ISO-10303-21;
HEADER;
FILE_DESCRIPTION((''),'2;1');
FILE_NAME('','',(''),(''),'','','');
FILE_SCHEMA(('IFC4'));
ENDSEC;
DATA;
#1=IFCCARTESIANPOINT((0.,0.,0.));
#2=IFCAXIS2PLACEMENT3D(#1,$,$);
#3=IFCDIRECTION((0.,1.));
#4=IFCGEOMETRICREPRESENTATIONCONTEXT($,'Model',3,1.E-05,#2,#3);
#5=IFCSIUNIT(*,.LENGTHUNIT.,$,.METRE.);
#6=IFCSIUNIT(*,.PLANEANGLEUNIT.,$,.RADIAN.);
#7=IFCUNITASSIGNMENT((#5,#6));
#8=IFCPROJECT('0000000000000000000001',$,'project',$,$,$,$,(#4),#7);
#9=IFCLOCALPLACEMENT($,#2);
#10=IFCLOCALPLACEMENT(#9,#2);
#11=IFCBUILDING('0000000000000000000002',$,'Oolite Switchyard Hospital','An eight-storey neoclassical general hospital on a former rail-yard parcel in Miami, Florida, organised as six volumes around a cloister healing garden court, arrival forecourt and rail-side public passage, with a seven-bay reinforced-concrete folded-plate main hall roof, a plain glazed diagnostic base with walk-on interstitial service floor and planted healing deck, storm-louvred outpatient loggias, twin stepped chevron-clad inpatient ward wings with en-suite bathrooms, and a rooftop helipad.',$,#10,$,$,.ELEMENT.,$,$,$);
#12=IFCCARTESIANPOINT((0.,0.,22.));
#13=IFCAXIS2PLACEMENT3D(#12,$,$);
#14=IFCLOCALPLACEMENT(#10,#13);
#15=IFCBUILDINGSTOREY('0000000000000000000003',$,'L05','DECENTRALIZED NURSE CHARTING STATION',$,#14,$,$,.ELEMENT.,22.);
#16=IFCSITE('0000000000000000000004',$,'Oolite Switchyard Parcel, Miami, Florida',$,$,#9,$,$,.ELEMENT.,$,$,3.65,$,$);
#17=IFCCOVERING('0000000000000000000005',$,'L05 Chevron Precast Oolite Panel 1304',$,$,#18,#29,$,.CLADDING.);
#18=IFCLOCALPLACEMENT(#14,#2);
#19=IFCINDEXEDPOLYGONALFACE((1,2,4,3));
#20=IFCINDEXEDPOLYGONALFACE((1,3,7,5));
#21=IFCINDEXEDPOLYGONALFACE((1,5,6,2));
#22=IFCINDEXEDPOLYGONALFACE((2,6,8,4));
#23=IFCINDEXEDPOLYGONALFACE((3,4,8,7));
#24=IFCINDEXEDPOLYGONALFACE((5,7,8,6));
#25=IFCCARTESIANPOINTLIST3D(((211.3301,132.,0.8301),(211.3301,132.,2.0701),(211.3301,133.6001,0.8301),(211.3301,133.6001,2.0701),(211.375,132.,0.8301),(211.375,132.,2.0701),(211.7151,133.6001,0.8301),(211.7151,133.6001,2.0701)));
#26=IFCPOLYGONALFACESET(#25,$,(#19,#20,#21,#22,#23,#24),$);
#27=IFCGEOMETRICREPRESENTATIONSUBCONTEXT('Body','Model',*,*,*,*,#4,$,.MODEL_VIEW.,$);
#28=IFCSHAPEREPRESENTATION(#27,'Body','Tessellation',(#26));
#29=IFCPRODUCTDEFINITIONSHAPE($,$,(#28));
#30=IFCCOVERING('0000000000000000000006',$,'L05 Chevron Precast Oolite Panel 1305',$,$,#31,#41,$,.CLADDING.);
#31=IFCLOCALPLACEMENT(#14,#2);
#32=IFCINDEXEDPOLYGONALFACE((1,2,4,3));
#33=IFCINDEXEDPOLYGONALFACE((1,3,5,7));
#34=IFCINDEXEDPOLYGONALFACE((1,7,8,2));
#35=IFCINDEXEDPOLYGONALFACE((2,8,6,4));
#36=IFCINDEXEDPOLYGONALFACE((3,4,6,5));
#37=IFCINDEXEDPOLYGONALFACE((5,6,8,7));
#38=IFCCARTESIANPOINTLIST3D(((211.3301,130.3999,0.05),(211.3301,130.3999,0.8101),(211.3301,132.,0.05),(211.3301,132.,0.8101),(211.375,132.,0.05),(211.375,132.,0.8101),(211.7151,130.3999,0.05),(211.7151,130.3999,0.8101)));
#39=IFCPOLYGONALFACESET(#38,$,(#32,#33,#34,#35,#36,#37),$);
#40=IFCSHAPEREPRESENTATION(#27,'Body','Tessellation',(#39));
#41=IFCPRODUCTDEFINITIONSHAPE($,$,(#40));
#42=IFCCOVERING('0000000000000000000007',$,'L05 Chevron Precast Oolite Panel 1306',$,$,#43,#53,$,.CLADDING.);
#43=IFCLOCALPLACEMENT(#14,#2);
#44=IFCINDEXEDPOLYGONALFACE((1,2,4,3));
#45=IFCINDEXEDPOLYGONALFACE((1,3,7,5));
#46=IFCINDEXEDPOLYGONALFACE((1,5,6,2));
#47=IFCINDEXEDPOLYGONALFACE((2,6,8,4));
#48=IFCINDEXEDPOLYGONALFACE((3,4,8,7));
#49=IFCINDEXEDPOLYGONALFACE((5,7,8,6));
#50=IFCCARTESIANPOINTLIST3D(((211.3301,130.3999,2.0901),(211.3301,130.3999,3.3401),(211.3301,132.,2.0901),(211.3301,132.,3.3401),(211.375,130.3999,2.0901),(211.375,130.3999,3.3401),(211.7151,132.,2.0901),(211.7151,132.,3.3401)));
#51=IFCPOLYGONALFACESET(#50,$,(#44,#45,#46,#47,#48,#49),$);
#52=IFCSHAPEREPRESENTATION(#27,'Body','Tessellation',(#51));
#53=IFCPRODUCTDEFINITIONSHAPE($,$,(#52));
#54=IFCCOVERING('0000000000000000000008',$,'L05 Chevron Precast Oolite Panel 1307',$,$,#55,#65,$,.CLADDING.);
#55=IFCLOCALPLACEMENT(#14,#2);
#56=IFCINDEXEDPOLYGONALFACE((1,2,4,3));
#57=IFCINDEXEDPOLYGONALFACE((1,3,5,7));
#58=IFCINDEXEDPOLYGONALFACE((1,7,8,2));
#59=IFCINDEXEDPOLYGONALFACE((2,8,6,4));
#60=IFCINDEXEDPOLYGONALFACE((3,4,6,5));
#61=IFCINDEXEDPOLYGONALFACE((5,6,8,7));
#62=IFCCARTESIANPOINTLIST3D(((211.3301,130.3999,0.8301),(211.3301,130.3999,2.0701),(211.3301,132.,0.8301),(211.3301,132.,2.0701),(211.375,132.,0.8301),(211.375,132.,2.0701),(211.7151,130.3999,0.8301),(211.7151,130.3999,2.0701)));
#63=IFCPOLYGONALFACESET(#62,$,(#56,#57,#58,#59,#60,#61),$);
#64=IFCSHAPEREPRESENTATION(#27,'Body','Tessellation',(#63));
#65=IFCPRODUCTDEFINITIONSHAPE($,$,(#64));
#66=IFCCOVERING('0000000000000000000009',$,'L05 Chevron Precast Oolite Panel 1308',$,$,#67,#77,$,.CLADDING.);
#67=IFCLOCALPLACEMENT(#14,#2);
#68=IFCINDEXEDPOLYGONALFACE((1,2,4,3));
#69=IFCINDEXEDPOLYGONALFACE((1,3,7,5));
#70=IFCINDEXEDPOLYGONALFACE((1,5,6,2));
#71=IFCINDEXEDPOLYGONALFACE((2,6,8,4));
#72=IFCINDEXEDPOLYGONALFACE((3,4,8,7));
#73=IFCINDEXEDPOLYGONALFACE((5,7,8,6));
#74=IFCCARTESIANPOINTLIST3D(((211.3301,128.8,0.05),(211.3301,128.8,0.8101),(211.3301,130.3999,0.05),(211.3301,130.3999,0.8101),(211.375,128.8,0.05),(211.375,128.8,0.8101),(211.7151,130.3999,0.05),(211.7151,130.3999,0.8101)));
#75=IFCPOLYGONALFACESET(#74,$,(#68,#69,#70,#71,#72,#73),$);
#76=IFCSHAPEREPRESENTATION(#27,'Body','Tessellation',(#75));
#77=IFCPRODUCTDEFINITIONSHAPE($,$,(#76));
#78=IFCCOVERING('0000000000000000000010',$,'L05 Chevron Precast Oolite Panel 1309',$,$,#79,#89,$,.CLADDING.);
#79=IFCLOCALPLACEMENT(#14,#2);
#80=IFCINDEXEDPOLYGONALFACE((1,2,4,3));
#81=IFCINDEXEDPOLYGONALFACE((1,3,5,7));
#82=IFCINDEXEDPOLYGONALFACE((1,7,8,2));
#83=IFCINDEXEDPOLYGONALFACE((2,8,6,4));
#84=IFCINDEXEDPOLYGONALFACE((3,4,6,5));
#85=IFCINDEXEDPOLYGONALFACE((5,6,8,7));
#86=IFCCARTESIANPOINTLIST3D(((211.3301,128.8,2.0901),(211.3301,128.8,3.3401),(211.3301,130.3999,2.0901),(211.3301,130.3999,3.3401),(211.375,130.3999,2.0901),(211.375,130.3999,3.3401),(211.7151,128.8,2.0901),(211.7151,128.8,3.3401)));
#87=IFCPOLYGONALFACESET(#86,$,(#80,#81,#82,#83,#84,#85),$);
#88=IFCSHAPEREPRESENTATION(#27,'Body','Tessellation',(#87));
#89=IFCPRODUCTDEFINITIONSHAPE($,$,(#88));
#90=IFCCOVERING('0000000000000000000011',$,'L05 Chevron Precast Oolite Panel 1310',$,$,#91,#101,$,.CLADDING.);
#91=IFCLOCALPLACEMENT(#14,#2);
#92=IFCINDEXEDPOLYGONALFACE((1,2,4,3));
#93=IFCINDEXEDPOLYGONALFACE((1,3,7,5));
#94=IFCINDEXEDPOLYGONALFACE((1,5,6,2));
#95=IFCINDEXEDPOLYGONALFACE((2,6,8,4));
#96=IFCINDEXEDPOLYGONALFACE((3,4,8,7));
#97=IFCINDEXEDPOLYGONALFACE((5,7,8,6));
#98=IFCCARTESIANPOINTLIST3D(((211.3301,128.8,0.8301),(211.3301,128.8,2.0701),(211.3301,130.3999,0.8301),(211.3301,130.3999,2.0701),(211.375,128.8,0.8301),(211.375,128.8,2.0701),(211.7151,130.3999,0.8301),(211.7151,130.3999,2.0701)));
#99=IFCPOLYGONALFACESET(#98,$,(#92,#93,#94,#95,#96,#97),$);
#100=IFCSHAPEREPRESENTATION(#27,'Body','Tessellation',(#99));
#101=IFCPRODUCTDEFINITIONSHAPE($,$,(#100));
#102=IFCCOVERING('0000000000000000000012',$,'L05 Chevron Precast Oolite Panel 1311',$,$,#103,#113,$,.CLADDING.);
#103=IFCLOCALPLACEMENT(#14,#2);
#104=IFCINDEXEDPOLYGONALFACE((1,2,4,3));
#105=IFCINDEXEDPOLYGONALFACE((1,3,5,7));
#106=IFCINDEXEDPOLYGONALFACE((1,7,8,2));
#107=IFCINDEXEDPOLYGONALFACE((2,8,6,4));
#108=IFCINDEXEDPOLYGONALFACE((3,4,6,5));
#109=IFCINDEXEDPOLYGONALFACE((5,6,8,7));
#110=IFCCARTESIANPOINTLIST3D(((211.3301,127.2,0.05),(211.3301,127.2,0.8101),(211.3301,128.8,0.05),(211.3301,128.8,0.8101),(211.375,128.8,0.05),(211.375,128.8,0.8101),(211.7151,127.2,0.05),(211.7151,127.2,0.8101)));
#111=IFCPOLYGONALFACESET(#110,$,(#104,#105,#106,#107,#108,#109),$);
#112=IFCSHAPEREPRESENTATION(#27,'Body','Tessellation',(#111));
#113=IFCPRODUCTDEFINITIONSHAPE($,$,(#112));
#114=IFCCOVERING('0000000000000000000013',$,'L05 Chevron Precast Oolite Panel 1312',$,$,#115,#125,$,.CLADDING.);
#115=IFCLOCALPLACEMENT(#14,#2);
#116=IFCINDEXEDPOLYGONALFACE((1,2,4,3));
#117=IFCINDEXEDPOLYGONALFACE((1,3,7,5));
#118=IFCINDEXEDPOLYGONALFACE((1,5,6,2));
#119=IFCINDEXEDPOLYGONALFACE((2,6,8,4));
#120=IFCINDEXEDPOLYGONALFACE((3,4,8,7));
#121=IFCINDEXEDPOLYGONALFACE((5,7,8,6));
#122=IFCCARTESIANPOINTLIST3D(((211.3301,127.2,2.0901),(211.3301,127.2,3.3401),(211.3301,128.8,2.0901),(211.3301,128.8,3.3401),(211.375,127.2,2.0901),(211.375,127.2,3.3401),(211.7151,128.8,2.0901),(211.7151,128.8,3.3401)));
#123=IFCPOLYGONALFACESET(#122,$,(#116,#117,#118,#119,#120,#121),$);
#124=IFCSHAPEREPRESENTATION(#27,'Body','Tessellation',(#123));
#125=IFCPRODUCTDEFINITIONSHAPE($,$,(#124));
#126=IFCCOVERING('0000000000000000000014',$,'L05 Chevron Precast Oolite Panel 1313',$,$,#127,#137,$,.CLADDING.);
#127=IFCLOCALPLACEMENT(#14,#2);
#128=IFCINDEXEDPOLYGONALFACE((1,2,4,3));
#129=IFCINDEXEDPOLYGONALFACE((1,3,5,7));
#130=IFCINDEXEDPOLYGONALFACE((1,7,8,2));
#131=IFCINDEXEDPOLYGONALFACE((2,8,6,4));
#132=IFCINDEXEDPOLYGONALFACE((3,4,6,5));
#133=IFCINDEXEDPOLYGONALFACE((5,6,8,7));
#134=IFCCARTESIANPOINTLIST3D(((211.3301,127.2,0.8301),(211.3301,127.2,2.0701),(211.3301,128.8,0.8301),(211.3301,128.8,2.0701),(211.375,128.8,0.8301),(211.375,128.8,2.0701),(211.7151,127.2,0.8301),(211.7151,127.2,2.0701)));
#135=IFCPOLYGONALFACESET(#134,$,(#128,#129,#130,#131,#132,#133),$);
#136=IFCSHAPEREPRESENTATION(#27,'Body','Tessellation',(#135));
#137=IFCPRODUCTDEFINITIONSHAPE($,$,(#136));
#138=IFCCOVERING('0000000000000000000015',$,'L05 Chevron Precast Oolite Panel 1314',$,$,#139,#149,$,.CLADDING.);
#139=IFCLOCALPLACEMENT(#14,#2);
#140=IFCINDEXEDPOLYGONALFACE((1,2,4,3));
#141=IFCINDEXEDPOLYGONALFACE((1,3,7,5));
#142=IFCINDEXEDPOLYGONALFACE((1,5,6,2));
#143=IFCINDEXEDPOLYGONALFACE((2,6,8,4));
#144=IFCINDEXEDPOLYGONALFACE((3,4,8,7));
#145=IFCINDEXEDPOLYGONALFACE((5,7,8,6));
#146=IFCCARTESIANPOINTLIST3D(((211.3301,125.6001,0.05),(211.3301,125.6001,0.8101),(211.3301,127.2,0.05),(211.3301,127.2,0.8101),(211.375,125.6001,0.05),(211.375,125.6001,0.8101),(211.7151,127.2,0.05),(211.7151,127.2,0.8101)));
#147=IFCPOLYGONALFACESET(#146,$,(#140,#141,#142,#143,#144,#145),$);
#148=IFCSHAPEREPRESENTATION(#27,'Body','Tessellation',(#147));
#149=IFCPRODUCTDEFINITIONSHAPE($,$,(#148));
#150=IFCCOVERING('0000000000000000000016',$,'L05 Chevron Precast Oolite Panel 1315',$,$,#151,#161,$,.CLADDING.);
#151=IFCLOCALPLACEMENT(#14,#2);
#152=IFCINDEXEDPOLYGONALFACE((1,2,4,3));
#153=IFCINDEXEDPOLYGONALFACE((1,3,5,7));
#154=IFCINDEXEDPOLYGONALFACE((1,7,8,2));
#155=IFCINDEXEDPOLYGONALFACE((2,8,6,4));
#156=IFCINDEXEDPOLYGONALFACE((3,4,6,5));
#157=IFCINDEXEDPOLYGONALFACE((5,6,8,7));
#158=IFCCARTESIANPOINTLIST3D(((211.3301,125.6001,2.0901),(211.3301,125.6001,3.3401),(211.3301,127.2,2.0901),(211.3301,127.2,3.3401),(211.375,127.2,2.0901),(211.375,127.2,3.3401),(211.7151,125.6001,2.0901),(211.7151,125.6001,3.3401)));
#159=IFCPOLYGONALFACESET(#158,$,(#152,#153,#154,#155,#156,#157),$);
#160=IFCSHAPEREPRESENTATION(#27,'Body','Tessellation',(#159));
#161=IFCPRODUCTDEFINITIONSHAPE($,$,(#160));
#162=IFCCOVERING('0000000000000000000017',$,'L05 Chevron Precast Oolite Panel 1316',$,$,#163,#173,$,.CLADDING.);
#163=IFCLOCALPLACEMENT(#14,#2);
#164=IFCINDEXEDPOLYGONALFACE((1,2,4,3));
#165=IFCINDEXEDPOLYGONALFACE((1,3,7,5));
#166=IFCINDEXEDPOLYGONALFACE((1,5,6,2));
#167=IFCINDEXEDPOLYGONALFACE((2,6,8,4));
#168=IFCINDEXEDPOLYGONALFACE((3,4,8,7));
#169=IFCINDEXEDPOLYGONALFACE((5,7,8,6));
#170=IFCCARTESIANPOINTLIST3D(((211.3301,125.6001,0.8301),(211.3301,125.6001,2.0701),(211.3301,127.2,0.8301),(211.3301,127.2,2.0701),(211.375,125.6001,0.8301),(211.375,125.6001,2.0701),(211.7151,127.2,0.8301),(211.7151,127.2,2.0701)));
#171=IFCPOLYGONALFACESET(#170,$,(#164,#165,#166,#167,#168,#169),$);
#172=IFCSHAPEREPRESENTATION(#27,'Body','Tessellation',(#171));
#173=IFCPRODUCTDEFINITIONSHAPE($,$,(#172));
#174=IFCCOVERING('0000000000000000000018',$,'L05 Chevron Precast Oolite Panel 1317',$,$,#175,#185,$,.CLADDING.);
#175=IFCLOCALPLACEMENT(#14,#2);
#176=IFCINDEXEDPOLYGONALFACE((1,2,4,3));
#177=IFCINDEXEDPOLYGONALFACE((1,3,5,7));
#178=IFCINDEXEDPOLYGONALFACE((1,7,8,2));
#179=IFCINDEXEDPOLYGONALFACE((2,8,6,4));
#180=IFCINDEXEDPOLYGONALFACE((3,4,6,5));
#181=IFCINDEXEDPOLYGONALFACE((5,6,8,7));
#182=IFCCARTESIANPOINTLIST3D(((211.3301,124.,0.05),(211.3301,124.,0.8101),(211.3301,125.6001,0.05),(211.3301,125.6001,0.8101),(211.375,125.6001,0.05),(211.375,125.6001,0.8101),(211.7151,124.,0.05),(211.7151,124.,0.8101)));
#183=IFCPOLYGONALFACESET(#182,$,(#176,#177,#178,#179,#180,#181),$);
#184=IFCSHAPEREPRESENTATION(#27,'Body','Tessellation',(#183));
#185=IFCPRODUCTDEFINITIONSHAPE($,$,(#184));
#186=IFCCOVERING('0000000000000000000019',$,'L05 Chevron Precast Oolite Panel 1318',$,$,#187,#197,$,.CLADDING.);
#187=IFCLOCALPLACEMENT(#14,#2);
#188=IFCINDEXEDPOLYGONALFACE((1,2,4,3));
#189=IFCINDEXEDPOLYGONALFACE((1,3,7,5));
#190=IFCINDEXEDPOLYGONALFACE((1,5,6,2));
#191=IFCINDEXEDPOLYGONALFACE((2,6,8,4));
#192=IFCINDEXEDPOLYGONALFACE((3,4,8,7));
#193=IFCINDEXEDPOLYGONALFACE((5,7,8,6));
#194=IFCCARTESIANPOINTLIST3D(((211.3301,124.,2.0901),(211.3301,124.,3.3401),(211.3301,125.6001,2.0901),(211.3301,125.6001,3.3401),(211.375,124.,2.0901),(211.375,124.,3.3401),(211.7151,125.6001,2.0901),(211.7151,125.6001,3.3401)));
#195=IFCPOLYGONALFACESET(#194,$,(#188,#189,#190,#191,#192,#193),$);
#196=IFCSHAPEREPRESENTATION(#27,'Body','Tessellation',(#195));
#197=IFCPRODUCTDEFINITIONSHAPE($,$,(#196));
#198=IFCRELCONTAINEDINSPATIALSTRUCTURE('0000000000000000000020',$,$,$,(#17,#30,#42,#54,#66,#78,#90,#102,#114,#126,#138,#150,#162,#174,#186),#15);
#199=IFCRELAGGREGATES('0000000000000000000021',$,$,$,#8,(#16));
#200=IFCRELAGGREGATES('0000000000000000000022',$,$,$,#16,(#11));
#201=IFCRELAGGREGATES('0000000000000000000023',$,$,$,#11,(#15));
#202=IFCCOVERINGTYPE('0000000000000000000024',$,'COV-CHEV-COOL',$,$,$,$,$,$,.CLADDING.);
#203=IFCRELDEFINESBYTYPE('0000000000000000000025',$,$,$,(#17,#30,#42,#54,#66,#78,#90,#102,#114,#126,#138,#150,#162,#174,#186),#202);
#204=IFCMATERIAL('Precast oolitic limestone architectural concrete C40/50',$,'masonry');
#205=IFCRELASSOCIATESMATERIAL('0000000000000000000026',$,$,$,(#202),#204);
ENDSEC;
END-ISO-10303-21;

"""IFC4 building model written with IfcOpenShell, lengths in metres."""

from ifc_helpers import new_model, si_unit, direction, frame, origin, place, context, subcontext, project, spatial, polyline, outline, extrude, material, type_object, element, save


model = new_model("IFC4")

# Units and contexts
model_context = context("Model", 3, precision=1e-05, world=origin(), true_north=direction((0.0, 1.0)))
body_context = subcontext(model_context, "Body", "Model", "MODEL_VIEW")
ifc_project = project(units=[si_unit("LENGTHUNIT", "METRE"), si_unit("PLANEANGLEUNIT", "RADIAN")], contexts=[model_context])

# Site, building, storey
site_placement = place(None, origin())
site = spatial("IfcSite", under=ifc_project, at=site_placement, Name="Oolite Switchyard Parcel, Miami, Florida", CompositionType="ELEMENT", RefElevation=3.65)
building_placement = place(site_placement, origin())
building = spatial("IfcBuilding", under=site, at=building_placement, Name="Oolite Switchyard Hospital", Description="An eight-storey neoclassical general hospital on a former rail-yard parcel in Miami, Florida, organised as six volumes around a cloister healing garden court, arrival forecourt and rail-side public passage, with a seven-bay reinforced-concrete folded-plate main hall roof, a plain glazed diagnostic base with walk-on interstitial service floor and planted healing deck, storm-louvred outpatient loggias, twin stepped chevron-clad inpatient ward wings with en-suite bathrooms, and a rooftop helipad.", CompositionType="ELEMENT")
storey_placement = place(building_placement, frame((0.0, 0.0, 22.0)))
storey = spatial("IfcBuildingStorey", under=building, at=storey_placement, Name="L05", Description="DECENTRALIZED NURSE CHARTING STATION", CompositionType="ELEMENT", Elevation=22.0)

# Shared definitions
ifc_material_1 = material(Name="Precast oolitic limestone architectural concrete C40/50", Category="masonry")

# Coverings
covering_type = type_object("IfcCoveringType", Name="COV-CHEV-COOL", PredefinedType="CLADDING", material=ifc_material_1)
covering_1_placement = place(storey_placement, frame((211.3301, 133.6001, 0.8301), z_axis=(0.0, 0.0, 1.0), x_axis=(0.0, -1.0, 0.0)))
element("IfcCovering", 1, at=covering_1_placement, inside=storey, type_object=covering_type, Name="L05 Chevron Precast Oolite Panel 1304", PredefinedType="CLADDING", context=body_context, shape_type="SweptSolid", body=[
    extrude(outline(polyline([(0.0, 0.0), (1.6001, 0.0), (1.6001, 0.0449), (0.0, 0.385), (0.0, 0.0)])), origin(), (0.0, 0.0, 1.0), 1.24),
])
covering_2_placement = place(storey_placement, frame((211.3301, 132.0, 0.05), z_axis=(0.0, 0.0, 1.0), x_axis=(0.0, -1.0, 0.0)))
element("IfcCovering", 2, at=covering_2_placement, inside=storey, type_object=covering_type, Name="L05 Chevron Precast Oolite Panel 1305", PredefinedType="CLADDING", context=body_context, shape_type="SweptSolid", body=[
    extrude(outline(polyline([(0.0, 0.0), (1.6001, 0.0), (1.6001, 0.385), (0.0, 0.0449), (0.0, 0.0)])), origin(), (0.0, 0.0, 1.0), 0.76),
])
covering_3_placement = place(storey_placement, frame((211.3301, 132.0, 2.0901), z_axis=(0.0, 0.0, 1.0), x_axis=(0.0, -1.0, 0.0)))
element("IfcCovering", 3, at=covering_3_placement, inside=storey, type_object=covering_type, Name="L05 Chevron Precast Oolite Panel 1306", PredefinedType="CLADDING", context=body_context, shape_type="SweptSolid", body=[
    extrude(outline(polyline([(0.0, 0.0), (1.6001, 0.0), (1.6001, 0.0449), (0.0, 0.385), (0.0, 0.0)])), origin(), (0.0, 0.0, 1.0), 1.25),
])
covering_4_placement = place(storey_placement, frame((211.3301, 132.0, 0.8301), z_axis=(0.0, 0.0, 1.0), x_axis=(0.0, -1.0, 0.0)))
element("IfcCovering", 4, at=covering_4_placement, inside=storey, type_object=covering_type, Name="L05 Chevron Precast Oolite Panel 1307", PredefinedType="CLADDING", context=body_context, shape_type="SweptSolid", body=[
    extrude(outline(polyline([(0.0, 0.0), (1.6001, 0.0), (1.6001, 0.385), (0.0, 0.0449), (0.0, 0.0)])), origin(), (0.0, 0.0, 1.0), 1.24),
])
covering_5_placement = place(storey_placement, frame((211.3301, 130.3999, 0.05), z_axis=(0.0, 0.0, 1.0), x_axis=(0.0, -1.0, 0.0)))
element("IfcCovering", 5, at=covering_5_placement, inside=storey, type_object=covering_type, Name="L05 Chevron Precast Oolite Panel 1308", PredefinedType="CLADDING", context=body_context, shape_type="SweptSolid", body=[
    extrude(outline(polyline([(0.0, 0.0), (1.5999, 0.0), (1.5999, 0.0449), (0.0, 0.385), (0.0, 0.0)])), origin(), (0.0, 0.0, 1.0), 0.76),
])
covering_6_placement = place(storey_placement, frame((211.3301, 130.3999, 2.0901), z_axis=(0.0, 0.0, 1.0), x_axis=(0.0, -1.0, 0.0)))
element("IfcCovering", 6, at=covering_6_placement, inside=storey, type_object=covering_type, Name="L05 Chevron Precast Oolite Panel 1309", PredefinedType="CLADDING", context=body_context, shape_type="SweptSolid", body=[
    extrude(outline(polyline([(0.0, 0.0), (1.5999, 0.0), (1.5999, 0.385), (0.0, 0.0449), (0.0, 0.0)])), origin(), (0.0, 0.0, 1.0), 1.25),
])
covering_7_placement = place(storey_placement, frame((211.3301, 130.3999, 0.8301), z_axis=(0.0, 0.0, 1.0), x_axis=(0.0, -1.0, 0.0)))
element("IfcCovering", 7, at=covering_7_placement, inside=storey, type_object=covering_type, Name="L05 Chevron Precast Oolite Panel 1310", PredefinedType="CLADDING", context=body_context, shape_type="SweptSolid", body=[
    extrude(outline(polyline([(0.0, 0.0), (1.5999, 0.0), (1.5999, 0.0449), (0.0, 0.385), (0.0, 0.0)])), origin(), (0.0, 0.0, 1.0), 1.24),
])
covering_8_placement = place(storey_placement, frame((211.3301, 128.8, 0.05), z_axis=(0.0, 0.0, 1.0), x_axis=(0.0, -1.0, 0.0)))
element("IfcCovering", 8, at=covering_8_placement, inside=storey, type_object=covering_type, Name="L05 Chevron Precast Oolite Panel 1311", PredefinedType="CLADDING", context=body_context, shape_type="SweptSolid", body=[
    extrude(outline(polyline([(0.0, 0.0), (1.6001, 0.0), (1.6001, 0.385), (0.0, 0.0449), (0.0, 0.0)])), origin(), (0.0, 0.0, 1.0), 0.76),
])
covering_9_placement = place(storey_placement, frame((211.3301, 128.8, 2.0901), z_axis=(0.0, 0.0, 1.0), x_axis=(0.0, -1.0, 0.0)))
element("IfcCovering", 9, at=covering_9_placement, inside=storey, type_object=covering_type, Name="L05 Chevron Precast Oolite Panel 1312", PredefinedType="CLADDING", context=body_context, shape_type="SweptSolid", body=[
    extrude(outline(polyline([(0.0, 0.0), (1.6001, 0.0), (1.6001, 0.0449), (0.0, 0.385), (0.0, 0.0)])), origin(), (0.0, 0.0, 1.0), 1.25),
])
covering_10_placement = place(storey_placement, frame((211.3301, 128.8, 0.8301), z_axis=(0.0, 0.0, 1.0), x_axis=(0.0, -1.0, 0.0)))
element("IfcCovering", 10, at=covering_10_placement, inside=storey, type_object=covering_type, Name="L05 Chevron Precast Oolite Panel 1313", PredefinedType="CLADDING", context=body_context, shape_type="SweptSolid", body=[
    extrude(outline(polyline([(0.0, 0.0), (1.6001, 0.0), (1.6001, 0.385), (0.0, 0.0449), (0.0, 0.0)])), origin(), (0.0, 0.0, 1.0), 1.24),
])
covering_11_placement = place(storey_placement, frame((211.3301, 127.2, 0.05), z_axis=(0.0, 0.0, 1.0), x_axis=(0.0, -1.0, 0.0)))
element("IfcCovering", 11, at=covering_11_placement, inside=storey, type_object=covering_type, Name="L05 Chevron Precast Oolite Panel 1314", PredefinedType="CLADDING", context=body_context, shape_type="SweptSolid", body=[
    extrude(outline(polyline([(0.0, 0.0), (1.5999, 0.0), (1.5999, 0.0449), (0.0, 0.385), (0.0, 0.0)])), origin(), (0.0, 0.0, 1.0), 0.76),
])
covering_12_placement = place(storey_placement, frame((211.3301, 127.2, 2.0901), z_axis=(0.0, 0.0, 1.0), x_axis=(0.0, -1.0, 0.0)))
element("IfcCovering", 12, at=covering_12_placement, inside=storey, type_object=covering_type, Name="L05 Chevron Precast Oolite Panel 1315", PredefinedType="CLADDING", context=body_context, shape_type="SweptSolid", body=[
    extrude(outline(polyline([(0.0, 0.0), (1.5999, 0.0), (1.5999, 0.385), (0.0, 0.0449), (0.0, 0.0)])), origin(), (0.0, 0.0, 1.0), 1.25),
])
covering_13_placement = place(storey_placement, frame((211.3301, 127.2, 0.8301), z_axis=(0.0, 0.0, 1.0), x_axis=(0.0, -1.0, 0.0)))
element("IfcCovering", 13, at=covering_13_placement, inside=storey, type_object=covering_type, Name="L05 Chevron Precast Oolite Panel 1316", PredefinedType="CLADDING", context=body_context, shape_type="SweptSolid", body=[
    extrude(outline(polyline([(0.0, 0.0), (1.5999, 0.0), (1.5999, 0.0449), (0.0, 0.385), (0.0, 0.0)])), origin(), (0.0, 0.0, 1.0), 1.24),
])
covering_14_placement = place(storey_placement, frame((211.3301, 125.6001, 0.05), z_axis=(0.0, 0.0, 1.0), x_axis=(0.0, -1.0, 0.0)))
element("IfcCovering", 14, at=covering_14_placement, inside=storey, type_object=covering_type, Name="L05 Chevron Precast Oolite Panel 1317", PredefinedType="CLADDING", context=body_context, shape_type="SweptSolid", body=[
    extrude(outline(polyline([(0.0, 0.0), (1.6001, 0.0), (1.6001, 0.385), (0.0, 0.0449), (0.0, 0.0)])), origin(), (0.0, 0.0, 1.0), 0.76),
])
covering_15_placement = place(storey_placement, frame((211.3301, 125.6001, 2.0901), z_axis=(0.0, 0.0, 1.0), x_axis=(0.0, -1.0, 0.0)))
element("IfcCovering", 15, at=covering_15_placement, inside=storey, type_object=covering_type, Name="L05 Chevron Precast Oolite Panel 1318", PredefinedType="CLADDING", context=body_context, shape_type="SweptSolid", body=[
    extrude(outline(polyline([(0.0, 0.0), (1.6001, 0.0), (1.6001, 0.0449), (0.0, 0.385), (0.0, 0.0)])), origin(), (0.0, 0.0, 1.0), 1.25),
])

save(model, "model.ifc")
